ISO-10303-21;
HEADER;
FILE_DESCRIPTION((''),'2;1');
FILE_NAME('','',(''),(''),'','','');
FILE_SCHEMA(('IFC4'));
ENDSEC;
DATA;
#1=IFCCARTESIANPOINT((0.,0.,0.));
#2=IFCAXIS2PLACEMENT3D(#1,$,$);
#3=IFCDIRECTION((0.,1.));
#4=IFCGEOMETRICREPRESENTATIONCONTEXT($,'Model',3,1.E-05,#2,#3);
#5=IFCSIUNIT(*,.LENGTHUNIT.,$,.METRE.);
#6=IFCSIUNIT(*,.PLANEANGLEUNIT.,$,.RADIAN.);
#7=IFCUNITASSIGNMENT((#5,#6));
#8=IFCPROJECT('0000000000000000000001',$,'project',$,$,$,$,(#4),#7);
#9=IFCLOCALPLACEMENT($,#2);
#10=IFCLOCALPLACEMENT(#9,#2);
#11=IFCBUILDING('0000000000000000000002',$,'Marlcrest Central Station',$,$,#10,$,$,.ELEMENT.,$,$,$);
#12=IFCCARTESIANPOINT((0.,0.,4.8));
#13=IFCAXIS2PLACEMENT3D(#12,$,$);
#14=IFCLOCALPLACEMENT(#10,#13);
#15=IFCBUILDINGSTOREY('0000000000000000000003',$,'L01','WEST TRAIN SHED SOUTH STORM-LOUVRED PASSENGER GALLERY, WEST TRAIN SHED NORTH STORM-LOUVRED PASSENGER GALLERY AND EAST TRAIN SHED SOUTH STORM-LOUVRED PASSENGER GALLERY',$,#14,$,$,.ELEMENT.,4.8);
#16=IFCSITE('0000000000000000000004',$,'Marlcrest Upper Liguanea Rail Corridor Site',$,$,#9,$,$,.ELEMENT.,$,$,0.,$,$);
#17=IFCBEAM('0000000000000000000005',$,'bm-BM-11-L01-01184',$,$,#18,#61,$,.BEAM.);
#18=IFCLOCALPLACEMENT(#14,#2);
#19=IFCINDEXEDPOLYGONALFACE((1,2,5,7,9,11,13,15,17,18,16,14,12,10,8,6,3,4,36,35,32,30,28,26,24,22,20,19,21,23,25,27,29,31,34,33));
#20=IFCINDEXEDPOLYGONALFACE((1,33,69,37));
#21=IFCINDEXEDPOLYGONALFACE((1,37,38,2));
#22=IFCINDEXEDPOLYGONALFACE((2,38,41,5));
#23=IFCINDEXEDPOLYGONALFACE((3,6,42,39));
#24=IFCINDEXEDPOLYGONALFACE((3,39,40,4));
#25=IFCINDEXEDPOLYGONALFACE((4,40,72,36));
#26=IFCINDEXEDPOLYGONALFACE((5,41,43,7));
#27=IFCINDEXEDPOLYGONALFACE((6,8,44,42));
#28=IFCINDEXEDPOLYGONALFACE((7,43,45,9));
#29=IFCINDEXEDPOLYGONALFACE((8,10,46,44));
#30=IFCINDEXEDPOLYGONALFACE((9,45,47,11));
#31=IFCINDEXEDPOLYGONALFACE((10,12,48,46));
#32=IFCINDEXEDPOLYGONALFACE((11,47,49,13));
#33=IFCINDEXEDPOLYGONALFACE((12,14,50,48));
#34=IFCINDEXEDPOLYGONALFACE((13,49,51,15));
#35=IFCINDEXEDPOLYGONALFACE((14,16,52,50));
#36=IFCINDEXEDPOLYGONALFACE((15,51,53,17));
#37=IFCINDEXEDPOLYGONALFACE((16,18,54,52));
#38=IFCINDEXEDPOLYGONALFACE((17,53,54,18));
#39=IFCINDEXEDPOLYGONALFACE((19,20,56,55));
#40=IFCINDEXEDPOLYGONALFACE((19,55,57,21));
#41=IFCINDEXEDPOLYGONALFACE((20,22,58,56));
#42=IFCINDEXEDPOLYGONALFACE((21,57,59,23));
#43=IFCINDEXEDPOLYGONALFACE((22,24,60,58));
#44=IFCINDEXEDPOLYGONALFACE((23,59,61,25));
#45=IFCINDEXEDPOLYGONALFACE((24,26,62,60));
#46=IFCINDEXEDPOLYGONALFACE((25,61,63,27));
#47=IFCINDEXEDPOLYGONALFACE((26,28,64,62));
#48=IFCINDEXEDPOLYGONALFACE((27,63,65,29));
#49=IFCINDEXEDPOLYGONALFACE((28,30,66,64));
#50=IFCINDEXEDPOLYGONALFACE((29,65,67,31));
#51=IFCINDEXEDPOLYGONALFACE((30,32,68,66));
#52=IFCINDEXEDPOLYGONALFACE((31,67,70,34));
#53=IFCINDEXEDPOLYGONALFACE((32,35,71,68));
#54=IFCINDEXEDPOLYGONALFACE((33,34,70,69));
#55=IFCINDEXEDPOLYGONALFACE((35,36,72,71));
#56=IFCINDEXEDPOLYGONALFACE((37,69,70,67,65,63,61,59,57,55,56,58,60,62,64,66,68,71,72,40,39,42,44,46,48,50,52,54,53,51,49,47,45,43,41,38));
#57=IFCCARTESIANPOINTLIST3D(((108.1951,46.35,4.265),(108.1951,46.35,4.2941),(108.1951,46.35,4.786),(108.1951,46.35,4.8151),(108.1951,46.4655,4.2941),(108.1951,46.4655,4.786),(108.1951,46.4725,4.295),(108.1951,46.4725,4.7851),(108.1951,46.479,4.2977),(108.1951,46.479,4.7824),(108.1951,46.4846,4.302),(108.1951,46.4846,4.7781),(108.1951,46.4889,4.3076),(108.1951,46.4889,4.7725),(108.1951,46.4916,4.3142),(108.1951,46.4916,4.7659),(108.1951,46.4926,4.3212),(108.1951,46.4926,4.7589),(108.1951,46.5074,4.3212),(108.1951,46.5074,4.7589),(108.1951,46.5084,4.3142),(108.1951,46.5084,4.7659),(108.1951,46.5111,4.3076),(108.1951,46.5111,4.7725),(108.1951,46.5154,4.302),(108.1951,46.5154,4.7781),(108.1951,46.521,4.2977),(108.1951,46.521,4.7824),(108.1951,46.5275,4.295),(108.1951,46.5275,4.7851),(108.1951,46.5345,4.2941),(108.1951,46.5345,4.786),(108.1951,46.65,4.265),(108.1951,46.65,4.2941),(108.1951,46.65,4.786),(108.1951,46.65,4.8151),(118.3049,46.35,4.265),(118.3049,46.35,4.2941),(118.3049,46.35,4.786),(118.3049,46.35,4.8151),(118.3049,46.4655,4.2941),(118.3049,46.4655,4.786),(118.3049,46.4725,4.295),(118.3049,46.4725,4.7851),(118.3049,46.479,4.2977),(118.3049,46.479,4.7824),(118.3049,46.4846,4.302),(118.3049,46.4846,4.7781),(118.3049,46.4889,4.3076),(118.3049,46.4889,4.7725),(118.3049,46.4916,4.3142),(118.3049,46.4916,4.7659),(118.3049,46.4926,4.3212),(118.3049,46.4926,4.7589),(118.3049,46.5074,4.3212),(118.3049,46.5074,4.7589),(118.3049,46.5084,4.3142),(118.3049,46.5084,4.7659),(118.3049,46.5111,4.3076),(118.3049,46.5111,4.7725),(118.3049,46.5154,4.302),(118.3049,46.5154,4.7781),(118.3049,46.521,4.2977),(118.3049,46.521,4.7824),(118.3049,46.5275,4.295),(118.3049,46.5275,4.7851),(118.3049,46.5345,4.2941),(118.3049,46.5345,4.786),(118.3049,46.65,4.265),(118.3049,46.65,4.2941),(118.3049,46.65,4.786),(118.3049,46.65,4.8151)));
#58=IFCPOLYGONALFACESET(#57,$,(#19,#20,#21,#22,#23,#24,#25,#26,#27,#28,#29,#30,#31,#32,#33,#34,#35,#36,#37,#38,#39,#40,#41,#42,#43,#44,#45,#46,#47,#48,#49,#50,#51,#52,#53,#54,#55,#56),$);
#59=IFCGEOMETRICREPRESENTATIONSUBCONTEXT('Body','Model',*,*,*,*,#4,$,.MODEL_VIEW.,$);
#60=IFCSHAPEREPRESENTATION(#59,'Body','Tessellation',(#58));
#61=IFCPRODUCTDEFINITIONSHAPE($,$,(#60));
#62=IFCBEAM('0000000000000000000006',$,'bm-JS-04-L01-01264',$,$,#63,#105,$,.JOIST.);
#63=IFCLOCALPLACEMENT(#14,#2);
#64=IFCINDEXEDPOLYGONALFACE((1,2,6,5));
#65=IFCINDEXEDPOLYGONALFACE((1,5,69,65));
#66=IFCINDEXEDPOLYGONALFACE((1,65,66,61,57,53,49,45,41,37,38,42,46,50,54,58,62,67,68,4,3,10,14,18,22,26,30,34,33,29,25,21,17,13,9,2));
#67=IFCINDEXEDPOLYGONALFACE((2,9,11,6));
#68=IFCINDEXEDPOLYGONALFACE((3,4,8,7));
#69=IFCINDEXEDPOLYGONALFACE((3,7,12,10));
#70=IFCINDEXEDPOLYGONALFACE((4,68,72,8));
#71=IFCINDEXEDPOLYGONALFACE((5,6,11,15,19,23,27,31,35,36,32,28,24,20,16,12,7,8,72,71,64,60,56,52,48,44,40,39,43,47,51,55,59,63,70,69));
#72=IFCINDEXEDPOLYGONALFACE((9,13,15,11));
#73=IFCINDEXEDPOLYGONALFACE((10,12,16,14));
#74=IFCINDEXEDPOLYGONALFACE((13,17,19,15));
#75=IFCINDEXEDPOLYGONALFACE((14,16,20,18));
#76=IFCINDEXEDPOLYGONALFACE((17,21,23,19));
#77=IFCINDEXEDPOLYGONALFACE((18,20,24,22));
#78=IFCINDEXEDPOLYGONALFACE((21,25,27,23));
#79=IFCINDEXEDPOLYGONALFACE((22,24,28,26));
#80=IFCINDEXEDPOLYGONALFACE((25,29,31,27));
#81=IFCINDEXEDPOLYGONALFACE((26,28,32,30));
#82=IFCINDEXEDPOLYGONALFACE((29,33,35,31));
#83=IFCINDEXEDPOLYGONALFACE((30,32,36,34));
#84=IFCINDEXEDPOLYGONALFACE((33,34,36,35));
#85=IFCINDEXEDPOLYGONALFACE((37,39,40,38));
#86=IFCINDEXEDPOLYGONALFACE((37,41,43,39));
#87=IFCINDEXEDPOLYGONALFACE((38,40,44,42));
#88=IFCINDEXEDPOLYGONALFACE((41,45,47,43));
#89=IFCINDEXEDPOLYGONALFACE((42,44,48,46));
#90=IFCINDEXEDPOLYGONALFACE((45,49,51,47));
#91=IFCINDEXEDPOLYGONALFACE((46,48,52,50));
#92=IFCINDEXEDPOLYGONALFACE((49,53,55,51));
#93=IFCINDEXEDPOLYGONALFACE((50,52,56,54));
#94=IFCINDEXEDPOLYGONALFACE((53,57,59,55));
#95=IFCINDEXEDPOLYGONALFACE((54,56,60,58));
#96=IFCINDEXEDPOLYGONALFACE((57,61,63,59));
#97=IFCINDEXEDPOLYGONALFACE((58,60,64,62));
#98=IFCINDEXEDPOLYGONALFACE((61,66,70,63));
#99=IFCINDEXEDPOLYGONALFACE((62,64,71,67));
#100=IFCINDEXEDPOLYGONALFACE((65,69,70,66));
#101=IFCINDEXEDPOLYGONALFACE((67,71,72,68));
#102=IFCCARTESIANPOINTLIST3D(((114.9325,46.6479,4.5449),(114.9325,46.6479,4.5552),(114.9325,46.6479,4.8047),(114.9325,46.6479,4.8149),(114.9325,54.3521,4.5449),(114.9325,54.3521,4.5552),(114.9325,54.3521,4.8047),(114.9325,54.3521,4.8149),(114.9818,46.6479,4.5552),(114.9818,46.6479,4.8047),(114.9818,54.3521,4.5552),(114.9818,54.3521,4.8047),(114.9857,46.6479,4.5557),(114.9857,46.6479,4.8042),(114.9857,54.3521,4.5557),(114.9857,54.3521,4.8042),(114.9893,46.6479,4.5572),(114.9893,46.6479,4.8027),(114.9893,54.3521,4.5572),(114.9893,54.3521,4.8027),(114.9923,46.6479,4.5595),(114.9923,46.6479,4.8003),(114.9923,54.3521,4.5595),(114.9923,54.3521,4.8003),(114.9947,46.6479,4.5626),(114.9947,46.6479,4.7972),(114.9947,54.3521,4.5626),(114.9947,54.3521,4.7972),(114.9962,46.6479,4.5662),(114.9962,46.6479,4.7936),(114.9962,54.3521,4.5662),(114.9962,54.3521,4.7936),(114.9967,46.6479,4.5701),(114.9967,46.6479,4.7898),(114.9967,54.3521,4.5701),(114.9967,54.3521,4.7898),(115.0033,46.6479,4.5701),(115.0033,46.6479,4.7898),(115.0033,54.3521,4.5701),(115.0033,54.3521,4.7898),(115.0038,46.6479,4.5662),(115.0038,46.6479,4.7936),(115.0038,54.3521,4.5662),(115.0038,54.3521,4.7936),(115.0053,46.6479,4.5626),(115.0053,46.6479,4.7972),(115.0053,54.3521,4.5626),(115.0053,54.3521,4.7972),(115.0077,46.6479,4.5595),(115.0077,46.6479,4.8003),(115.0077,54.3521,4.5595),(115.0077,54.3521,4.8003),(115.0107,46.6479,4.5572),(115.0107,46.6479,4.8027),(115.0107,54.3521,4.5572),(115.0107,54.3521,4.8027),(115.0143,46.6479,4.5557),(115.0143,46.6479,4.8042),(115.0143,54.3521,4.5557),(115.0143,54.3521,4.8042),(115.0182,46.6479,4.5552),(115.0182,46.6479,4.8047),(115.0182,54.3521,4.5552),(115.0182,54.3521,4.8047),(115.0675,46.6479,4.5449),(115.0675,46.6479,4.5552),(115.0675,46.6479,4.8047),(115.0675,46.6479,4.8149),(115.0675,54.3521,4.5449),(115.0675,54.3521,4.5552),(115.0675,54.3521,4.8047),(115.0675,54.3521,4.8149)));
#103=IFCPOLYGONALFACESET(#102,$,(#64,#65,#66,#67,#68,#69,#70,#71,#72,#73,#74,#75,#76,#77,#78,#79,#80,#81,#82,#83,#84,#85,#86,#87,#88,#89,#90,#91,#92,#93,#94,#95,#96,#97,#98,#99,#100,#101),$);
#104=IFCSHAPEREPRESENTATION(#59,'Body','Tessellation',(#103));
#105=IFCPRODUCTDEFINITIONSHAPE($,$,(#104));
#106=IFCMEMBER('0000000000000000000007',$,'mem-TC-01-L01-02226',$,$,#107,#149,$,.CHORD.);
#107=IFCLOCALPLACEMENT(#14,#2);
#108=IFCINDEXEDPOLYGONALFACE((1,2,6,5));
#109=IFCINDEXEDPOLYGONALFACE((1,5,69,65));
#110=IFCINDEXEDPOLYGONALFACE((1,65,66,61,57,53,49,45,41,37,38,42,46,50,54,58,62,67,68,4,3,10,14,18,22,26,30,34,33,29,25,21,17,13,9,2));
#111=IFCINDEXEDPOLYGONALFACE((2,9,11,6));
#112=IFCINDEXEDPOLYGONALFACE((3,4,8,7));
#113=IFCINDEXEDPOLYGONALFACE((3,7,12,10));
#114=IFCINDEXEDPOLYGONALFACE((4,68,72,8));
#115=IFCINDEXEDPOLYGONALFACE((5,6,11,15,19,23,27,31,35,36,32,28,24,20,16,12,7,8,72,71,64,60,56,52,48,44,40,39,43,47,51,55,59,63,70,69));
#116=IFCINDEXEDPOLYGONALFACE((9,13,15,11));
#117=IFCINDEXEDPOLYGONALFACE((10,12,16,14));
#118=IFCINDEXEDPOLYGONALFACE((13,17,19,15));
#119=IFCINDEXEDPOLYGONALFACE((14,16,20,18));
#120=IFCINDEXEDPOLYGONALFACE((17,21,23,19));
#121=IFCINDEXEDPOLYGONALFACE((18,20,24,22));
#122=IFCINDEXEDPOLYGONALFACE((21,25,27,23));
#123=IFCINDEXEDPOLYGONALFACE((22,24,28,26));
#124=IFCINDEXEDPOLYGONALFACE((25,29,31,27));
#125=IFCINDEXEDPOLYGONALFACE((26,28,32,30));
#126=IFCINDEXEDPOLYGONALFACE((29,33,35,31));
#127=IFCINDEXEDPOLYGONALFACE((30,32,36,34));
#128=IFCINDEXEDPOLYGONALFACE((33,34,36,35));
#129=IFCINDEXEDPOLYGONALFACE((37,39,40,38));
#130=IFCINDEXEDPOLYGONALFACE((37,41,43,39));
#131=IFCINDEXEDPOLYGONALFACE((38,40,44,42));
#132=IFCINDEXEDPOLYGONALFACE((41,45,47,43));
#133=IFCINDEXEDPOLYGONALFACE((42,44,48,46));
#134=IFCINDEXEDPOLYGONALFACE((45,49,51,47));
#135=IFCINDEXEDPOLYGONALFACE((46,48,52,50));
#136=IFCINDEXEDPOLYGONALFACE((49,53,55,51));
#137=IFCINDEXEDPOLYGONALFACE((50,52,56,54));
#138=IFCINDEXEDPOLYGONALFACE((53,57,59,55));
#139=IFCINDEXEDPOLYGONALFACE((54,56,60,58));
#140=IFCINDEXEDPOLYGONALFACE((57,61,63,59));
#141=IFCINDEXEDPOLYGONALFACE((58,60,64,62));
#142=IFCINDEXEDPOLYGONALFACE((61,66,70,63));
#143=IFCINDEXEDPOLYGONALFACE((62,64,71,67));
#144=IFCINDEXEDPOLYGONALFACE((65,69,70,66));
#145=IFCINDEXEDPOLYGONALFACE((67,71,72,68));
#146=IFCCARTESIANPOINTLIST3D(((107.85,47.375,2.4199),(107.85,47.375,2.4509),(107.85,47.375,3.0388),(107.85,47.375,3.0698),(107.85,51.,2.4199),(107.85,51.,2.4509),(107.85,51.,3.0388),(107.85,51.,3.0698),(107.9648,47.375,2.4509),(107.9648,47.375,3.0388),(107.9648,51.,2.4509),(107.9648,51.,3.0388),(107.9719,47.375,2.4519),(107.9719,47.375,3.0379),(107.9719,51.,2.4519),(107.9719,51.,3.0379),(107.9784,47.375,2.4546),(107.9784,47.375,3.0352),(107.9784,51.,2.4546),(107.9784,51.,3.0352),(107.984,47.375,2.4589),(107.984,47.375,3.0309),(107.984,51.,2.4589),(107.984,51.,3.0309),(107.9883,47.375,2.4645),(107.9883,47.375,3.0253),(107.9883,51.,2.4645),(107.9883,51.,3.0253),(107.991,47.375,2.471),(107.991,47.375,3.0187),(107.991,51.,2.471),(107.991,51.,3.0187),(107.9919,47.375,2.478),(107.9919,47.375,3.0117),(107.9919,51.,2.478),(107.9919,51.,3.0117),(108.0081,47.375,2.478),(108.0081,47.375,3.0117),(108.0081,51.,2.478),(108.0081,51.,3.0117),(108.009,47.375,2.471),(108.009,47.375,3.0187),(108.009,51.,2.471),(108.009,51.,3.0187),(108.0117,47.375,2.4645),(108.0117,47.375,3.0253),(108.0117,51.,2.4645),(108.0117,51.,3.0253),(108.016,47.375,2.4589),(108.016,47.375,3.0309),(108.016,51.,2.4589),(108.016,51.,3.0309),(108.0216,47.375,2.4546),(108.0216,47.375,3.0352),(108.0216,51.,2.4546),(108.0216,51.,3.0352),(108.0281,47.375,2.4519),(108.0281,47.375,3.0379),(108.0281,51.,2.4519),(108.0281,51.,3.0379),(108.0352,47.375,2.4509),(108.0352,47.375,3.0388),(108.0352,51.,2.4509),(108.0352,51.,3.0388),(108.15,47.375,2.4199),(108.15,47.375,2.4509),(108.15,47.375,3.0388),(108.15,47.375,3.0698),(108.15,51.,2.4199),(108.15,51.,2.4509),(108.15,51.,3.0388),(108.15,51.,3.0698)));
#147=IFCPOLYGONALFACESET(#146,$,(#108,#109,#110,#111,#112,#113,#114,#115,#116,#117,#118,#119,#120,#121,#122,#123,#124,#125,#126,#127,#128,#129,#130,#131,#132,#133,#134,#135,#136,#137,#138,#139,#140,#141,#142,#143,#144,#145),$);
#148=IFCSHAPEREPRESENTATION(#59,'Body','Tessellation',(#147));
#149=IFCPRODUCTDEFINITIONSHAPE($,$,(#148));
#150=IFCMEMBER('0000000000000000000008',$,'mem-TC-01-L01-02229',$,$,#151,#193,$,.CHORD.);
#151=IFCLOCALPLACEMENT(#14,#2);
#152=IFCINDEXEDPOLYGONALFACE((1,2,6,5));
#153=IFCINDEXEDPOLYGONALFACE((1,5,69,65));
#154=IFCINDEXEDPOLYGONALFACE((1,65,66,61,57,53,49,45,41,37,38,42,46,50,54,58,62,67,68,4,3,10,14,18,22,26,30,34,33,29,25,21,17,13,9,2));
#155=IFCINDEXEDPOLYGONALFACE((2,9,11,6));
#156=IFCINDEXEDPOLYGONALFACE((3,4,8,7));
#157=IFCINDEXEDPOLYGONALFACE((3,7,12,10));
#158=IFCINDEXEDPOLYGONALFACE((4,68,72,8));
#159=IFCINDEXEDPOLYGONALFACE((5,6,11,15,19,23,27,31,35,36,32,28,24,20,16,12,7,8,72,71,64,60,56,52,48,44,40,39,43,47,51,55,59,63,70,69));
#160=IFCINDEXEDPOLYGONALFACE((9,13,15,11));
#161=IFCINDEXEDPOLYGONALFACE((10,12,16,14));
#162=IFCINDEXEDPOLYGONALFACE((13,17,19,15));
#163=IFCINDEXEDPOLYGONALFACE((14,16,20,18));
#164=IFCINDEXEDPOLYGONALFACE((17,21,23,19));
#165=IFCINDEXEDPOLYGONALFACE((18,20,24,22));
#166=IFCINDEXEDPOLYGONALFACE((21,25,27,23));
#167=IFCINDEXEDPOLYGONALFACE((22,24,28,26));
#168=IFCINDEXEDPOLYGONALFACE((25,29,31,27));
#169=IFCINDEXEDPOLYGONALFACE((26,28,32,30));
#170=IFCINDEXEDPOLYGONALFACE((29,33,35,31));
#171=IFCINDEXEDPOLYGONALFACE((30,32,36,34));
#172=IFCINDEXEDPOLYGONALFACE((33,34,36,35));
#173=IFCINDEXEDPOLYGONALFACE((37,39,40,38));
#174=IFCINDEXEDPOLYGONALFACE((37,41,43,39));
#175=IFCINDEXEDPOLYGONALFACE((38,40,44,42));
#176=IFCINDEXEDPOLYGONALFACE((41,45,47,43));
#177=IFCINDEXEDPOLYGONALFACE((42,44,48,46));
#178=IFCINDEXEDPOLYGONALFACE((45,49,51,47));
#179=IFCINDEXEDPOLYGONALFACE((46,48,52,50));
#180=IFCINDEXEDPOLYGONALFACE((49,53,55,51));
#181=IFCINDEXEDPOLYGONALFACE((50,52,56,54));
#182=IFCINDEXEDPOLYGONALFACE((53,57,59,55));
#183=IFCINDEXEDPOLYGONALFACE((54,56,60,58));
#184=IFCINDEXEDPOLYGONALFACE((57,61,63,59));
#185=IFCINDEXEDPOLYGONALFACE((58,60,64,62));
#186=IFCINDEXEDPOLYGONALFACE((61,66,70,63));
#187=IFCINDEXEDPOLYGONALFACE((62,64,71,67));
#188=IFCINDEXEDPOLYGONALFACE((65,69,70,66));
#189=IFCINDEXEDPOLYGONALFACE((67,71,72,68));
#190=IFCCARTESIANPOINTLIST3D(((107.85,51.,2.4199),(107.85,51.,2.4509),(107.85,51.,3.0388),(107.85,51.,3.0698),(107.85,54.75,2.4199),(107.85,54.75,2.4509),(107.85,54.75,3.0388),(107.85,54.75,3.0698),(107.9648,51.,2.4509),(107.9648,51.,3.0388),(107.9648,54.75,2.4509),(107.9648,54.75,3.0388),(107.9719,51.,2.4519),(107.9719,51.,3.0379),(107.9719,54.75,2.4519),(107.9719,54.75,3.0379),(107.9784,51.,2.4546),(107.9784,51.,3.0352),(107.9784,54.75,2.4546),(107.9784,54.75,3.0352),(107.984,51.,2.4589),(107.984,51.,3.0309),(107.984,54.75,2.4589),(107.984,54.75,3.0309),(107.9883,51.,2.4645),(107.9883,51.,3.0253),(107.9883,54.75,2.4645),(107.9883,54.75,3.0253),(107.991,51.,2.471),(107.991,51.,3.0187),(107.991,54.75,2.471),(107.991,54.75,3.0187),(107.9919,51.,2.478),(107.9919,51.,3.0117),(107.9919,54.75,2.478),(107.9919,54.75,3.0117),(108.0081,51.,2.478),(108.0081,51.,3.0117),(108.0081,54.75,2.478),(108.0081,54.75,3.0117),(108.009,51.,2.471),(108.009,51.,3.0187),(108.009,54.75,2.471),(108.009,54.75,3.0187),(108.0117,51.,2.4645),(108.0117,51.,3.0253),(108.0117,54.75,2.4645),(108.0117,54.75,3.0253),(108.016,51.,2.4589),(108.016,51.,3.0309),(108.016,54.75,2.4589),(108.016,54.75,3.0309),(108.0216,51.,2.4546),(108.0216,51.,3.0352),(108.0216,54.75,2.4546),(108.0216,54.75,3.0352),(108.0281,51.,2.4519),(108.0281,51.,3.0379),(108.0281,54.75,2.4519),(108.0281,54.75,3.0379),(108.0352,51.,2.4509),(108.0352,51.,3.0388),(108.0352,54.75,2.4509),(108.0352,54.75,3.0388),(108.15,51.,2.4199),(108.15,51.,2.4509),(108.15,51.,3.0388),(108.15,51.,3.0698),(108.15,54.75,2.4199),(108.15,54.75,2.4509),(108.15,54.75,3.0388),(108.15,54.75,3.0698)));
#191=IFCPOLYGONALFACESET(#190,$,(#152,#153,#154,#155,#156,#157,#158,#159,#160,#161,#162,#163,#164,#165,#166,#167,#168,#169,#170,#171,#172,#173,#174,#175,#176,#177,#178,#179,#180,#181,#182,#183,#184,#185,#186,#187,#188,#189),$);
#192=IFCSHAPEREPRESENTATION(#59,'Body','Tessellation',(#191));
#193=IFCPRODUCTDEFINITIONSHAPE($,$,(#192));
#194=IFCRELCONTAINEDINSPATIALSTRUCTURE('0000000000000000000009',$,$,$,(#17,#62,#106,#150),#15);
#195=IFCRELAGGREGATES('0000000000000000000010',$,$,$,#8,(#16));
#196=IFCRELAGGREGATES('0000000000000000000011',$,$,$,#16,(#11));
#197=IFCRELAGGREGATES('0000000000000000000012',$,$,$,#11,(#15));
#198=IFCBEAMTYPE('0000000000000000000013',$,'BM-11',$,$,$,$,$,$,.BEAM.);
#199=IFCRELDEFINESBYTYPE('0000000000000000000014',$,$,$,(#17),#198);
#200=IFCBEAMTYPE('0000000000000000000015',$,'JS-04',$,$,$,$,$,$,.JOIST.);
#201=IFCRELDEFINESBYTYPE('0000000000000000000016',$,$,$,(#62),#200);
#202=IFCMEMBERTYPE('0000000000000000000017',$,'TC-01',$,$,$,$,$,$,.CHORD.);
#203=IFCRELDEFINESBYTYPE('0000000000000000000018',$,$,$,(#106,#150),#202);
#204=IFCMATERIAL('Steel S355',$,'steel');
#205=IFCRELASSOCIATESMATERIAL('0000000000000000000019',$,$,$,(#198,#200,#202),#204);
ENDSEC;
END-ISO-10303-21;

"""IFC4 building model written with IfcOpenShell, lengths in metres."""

from ifc_helpers import new_model, si_unit, direction, frame, origin, origin_2d, place, context, subcontext, project, spatial, i_section, extrude, material, material_profile, profile_set, type_object, element, save


model = new_model("IFC4")

# Units and contexts
model_context = context("Model", 3, precision=1e-05, world=origin(), true_north=direction((0.0, 1.0)))
body_context = subcontext(model_context, "Body", "Model", "MODEL_VIEW")
ifc_project = project(units=[si_unit("LENGTHUNIT", "METRE"), si_unit("PLANEANGLEUNIT", "RADIAN")], contexts=[model_context])

# Site, building, storey
site_placement = place(None, origin())
site = spatial("IfcSite", under=ifc_project, at=site_placement, Name="Marlcrest Upper Liguanea Rail Corridor Site", CompositionType="ELEMENT", RefElevation=0.0)
building_placement = place(site_placement, origin())
building = spatial("IfcBuilding", under=site, at=building_placement, Name="Marlcrest Central Station", CompositionType="ELEMENT")
storey_placement = place(building_placement, frame((0.0, 0.0, 4.8)))
storey = spatial("IfcBuildingStorey", under=building, at=storey_placement, Name="L01", Description="WEST TRAIN SHED SOUTH STORM-LOUVRED PASSENGER GALLERY, WEST TRAIN SHED NORTH STORM-LOUVRED PASSENGER GALLERY AND EAST TRAIN SHED SOUTH STORM-LOUVRED PASSENGER GALLERY", CompositionType="ELEMENT", Elevation=4.8)

# Beams
ifc_material = material(Name="Steel S355", Category="steel")
ifc_material_profile_1 = material_profile(ifc_material, i_section(OverallWidth=0.3, OverallDepth=0.55, WebThickness=0.0149, FlangeThickness=0.0291, FilletRadius=0.0271, at=origin_2d()), Name="HEB 550")
ifc_profile_set_1 = profile_set([ifc_material_profile_1], Name="Steel S355")
beam_type_1 = type_object("IfcBeamType", Name="BM-11", PredefinedType="BEAM", material=ifc_profile_set_1)
beam_1_placement = place(storey_placement, frame((108.1951, 46.5, 4.54), z_axis=(1.0, 0.0, 0.0), x_axis=(0.0, 1.0, 0.0)))
element("IfcBeam", 1, at=beam_1_placement, inside=storey, type_object=beam_type_1, Name="bm-BM-11-L01-01184", PredefinedType="BEAM", context=body_context, shape_type="SweptSolid", body=[
    extrude(i_section(OverallWidth=0.3, OverallDepth=0.55, WebThickness=0.0149, FlangeThickness=0.0291, FilletRadius=0.0271, at=origin_2d()), origin(), (0.0, 0.0, 1.0), 10.1099),
])
ifc_material_profile_2 = material_profile(ifc_material, i_section(OverallWidth=0.135, OverallDepth=0.27, WebThickness=0.0066, FlangeThickness=0.0103, FilletRadius=0.0149, at=origin_2d()), Name="IPE 270")
ifc_profile_set_2 = profile_set([ifc_material_profile_2], Name="Steel S355")
beam_type_2 = type_object("IfcBeamType", Name="JS-04", PredefinedType="JOIST", material=ifc_profile_set_2)
beam_2_placement = place(storey_placement, frame((115.0, 46.6479, 4.6799), z_axis=(0.0, 1.0, 0.0), x_axis=(-1.0, 0.0, 0.0)))
element("IfcBeam", 2, at=beam_2_placement, inside=storey, type_object=beam_type_2, Name="bm-JS-04-L01-01264", PredefinedType="JOIST", context=body_context, shape_type="SweptSolid", body=[
    extrude(i_section(OverallWidth=0.135, OverallDepth=0.27, WebThickness=0.0066, FlangeThickness=0.0103, FilletRadius=0.0149, at=origin_2d()), origin(), (0.0, 0.0, 1.0), 7.7041),
])

# Members
ifc_material_profile_3 = material_profile(ifc_material, i_section(OverallWidth=0.3, OverallDepth=0.6499, WebThickness=0.0161, FlangeThickness=0.031, FilletRadius=0.0271, at=origin_2d()), Name="HEB 650")
ifc_profile_set_3 = profile_set([ifc_material_profile_3], Name="Steel S355")
member_type_1 = type_object("IfcMemberType", Name="TC-01", PredefinedType="CHORD", material=ifc_profile_set_3)
member_1_placement = place(storey_placement, frame((108.0, 47.375, 2.7449), z_axis=(0.0, 1.0, 0.0), x_axis=(-1.0, 0.0, 0.0)))
element("IfcMember", 3, at=member_1_placement, inside=storey, type_object=member_type_1, Name="mem-TC-01-L01-02226", PredefinedType="CHORD", context=body_context, shape_type="SweptSolid", body=[
    extrude(i_section(OverallWidth=0.3, OverallDepth=0.6499, WebThickness=0.0161, FlangeThickness=0.031, FilletRadius=0.0271, at=origin_2d()), origin(), (0.0, 0.0, 1.0), 3.625),
])
member_2_placement = place(storey_placement, frame((108.0, 51.0, 2.7449), z_axis=(0.0, 1.0, 0.0), x_axis=(-1.0, 0.0, 0.0)))
element("IfcMember", 4, at=member_2_placement, inside=storey, type_object=member_type_1, Name="mem-TC-01-L01-02229", PredefinedType="CHORD", context=body_context, shape_type="SweptSolid", body=[
    extrude(i_section(OverallWidth=0.3, OverallDepth=0.6499, WebThickness=0.0161, FlangeThickness=0.031, FilletRadius=0.0271, at=origin_2d()), origin(), (0.0, 0.0, 1.0), 3.75),
])

save(model, "model.ifc")
